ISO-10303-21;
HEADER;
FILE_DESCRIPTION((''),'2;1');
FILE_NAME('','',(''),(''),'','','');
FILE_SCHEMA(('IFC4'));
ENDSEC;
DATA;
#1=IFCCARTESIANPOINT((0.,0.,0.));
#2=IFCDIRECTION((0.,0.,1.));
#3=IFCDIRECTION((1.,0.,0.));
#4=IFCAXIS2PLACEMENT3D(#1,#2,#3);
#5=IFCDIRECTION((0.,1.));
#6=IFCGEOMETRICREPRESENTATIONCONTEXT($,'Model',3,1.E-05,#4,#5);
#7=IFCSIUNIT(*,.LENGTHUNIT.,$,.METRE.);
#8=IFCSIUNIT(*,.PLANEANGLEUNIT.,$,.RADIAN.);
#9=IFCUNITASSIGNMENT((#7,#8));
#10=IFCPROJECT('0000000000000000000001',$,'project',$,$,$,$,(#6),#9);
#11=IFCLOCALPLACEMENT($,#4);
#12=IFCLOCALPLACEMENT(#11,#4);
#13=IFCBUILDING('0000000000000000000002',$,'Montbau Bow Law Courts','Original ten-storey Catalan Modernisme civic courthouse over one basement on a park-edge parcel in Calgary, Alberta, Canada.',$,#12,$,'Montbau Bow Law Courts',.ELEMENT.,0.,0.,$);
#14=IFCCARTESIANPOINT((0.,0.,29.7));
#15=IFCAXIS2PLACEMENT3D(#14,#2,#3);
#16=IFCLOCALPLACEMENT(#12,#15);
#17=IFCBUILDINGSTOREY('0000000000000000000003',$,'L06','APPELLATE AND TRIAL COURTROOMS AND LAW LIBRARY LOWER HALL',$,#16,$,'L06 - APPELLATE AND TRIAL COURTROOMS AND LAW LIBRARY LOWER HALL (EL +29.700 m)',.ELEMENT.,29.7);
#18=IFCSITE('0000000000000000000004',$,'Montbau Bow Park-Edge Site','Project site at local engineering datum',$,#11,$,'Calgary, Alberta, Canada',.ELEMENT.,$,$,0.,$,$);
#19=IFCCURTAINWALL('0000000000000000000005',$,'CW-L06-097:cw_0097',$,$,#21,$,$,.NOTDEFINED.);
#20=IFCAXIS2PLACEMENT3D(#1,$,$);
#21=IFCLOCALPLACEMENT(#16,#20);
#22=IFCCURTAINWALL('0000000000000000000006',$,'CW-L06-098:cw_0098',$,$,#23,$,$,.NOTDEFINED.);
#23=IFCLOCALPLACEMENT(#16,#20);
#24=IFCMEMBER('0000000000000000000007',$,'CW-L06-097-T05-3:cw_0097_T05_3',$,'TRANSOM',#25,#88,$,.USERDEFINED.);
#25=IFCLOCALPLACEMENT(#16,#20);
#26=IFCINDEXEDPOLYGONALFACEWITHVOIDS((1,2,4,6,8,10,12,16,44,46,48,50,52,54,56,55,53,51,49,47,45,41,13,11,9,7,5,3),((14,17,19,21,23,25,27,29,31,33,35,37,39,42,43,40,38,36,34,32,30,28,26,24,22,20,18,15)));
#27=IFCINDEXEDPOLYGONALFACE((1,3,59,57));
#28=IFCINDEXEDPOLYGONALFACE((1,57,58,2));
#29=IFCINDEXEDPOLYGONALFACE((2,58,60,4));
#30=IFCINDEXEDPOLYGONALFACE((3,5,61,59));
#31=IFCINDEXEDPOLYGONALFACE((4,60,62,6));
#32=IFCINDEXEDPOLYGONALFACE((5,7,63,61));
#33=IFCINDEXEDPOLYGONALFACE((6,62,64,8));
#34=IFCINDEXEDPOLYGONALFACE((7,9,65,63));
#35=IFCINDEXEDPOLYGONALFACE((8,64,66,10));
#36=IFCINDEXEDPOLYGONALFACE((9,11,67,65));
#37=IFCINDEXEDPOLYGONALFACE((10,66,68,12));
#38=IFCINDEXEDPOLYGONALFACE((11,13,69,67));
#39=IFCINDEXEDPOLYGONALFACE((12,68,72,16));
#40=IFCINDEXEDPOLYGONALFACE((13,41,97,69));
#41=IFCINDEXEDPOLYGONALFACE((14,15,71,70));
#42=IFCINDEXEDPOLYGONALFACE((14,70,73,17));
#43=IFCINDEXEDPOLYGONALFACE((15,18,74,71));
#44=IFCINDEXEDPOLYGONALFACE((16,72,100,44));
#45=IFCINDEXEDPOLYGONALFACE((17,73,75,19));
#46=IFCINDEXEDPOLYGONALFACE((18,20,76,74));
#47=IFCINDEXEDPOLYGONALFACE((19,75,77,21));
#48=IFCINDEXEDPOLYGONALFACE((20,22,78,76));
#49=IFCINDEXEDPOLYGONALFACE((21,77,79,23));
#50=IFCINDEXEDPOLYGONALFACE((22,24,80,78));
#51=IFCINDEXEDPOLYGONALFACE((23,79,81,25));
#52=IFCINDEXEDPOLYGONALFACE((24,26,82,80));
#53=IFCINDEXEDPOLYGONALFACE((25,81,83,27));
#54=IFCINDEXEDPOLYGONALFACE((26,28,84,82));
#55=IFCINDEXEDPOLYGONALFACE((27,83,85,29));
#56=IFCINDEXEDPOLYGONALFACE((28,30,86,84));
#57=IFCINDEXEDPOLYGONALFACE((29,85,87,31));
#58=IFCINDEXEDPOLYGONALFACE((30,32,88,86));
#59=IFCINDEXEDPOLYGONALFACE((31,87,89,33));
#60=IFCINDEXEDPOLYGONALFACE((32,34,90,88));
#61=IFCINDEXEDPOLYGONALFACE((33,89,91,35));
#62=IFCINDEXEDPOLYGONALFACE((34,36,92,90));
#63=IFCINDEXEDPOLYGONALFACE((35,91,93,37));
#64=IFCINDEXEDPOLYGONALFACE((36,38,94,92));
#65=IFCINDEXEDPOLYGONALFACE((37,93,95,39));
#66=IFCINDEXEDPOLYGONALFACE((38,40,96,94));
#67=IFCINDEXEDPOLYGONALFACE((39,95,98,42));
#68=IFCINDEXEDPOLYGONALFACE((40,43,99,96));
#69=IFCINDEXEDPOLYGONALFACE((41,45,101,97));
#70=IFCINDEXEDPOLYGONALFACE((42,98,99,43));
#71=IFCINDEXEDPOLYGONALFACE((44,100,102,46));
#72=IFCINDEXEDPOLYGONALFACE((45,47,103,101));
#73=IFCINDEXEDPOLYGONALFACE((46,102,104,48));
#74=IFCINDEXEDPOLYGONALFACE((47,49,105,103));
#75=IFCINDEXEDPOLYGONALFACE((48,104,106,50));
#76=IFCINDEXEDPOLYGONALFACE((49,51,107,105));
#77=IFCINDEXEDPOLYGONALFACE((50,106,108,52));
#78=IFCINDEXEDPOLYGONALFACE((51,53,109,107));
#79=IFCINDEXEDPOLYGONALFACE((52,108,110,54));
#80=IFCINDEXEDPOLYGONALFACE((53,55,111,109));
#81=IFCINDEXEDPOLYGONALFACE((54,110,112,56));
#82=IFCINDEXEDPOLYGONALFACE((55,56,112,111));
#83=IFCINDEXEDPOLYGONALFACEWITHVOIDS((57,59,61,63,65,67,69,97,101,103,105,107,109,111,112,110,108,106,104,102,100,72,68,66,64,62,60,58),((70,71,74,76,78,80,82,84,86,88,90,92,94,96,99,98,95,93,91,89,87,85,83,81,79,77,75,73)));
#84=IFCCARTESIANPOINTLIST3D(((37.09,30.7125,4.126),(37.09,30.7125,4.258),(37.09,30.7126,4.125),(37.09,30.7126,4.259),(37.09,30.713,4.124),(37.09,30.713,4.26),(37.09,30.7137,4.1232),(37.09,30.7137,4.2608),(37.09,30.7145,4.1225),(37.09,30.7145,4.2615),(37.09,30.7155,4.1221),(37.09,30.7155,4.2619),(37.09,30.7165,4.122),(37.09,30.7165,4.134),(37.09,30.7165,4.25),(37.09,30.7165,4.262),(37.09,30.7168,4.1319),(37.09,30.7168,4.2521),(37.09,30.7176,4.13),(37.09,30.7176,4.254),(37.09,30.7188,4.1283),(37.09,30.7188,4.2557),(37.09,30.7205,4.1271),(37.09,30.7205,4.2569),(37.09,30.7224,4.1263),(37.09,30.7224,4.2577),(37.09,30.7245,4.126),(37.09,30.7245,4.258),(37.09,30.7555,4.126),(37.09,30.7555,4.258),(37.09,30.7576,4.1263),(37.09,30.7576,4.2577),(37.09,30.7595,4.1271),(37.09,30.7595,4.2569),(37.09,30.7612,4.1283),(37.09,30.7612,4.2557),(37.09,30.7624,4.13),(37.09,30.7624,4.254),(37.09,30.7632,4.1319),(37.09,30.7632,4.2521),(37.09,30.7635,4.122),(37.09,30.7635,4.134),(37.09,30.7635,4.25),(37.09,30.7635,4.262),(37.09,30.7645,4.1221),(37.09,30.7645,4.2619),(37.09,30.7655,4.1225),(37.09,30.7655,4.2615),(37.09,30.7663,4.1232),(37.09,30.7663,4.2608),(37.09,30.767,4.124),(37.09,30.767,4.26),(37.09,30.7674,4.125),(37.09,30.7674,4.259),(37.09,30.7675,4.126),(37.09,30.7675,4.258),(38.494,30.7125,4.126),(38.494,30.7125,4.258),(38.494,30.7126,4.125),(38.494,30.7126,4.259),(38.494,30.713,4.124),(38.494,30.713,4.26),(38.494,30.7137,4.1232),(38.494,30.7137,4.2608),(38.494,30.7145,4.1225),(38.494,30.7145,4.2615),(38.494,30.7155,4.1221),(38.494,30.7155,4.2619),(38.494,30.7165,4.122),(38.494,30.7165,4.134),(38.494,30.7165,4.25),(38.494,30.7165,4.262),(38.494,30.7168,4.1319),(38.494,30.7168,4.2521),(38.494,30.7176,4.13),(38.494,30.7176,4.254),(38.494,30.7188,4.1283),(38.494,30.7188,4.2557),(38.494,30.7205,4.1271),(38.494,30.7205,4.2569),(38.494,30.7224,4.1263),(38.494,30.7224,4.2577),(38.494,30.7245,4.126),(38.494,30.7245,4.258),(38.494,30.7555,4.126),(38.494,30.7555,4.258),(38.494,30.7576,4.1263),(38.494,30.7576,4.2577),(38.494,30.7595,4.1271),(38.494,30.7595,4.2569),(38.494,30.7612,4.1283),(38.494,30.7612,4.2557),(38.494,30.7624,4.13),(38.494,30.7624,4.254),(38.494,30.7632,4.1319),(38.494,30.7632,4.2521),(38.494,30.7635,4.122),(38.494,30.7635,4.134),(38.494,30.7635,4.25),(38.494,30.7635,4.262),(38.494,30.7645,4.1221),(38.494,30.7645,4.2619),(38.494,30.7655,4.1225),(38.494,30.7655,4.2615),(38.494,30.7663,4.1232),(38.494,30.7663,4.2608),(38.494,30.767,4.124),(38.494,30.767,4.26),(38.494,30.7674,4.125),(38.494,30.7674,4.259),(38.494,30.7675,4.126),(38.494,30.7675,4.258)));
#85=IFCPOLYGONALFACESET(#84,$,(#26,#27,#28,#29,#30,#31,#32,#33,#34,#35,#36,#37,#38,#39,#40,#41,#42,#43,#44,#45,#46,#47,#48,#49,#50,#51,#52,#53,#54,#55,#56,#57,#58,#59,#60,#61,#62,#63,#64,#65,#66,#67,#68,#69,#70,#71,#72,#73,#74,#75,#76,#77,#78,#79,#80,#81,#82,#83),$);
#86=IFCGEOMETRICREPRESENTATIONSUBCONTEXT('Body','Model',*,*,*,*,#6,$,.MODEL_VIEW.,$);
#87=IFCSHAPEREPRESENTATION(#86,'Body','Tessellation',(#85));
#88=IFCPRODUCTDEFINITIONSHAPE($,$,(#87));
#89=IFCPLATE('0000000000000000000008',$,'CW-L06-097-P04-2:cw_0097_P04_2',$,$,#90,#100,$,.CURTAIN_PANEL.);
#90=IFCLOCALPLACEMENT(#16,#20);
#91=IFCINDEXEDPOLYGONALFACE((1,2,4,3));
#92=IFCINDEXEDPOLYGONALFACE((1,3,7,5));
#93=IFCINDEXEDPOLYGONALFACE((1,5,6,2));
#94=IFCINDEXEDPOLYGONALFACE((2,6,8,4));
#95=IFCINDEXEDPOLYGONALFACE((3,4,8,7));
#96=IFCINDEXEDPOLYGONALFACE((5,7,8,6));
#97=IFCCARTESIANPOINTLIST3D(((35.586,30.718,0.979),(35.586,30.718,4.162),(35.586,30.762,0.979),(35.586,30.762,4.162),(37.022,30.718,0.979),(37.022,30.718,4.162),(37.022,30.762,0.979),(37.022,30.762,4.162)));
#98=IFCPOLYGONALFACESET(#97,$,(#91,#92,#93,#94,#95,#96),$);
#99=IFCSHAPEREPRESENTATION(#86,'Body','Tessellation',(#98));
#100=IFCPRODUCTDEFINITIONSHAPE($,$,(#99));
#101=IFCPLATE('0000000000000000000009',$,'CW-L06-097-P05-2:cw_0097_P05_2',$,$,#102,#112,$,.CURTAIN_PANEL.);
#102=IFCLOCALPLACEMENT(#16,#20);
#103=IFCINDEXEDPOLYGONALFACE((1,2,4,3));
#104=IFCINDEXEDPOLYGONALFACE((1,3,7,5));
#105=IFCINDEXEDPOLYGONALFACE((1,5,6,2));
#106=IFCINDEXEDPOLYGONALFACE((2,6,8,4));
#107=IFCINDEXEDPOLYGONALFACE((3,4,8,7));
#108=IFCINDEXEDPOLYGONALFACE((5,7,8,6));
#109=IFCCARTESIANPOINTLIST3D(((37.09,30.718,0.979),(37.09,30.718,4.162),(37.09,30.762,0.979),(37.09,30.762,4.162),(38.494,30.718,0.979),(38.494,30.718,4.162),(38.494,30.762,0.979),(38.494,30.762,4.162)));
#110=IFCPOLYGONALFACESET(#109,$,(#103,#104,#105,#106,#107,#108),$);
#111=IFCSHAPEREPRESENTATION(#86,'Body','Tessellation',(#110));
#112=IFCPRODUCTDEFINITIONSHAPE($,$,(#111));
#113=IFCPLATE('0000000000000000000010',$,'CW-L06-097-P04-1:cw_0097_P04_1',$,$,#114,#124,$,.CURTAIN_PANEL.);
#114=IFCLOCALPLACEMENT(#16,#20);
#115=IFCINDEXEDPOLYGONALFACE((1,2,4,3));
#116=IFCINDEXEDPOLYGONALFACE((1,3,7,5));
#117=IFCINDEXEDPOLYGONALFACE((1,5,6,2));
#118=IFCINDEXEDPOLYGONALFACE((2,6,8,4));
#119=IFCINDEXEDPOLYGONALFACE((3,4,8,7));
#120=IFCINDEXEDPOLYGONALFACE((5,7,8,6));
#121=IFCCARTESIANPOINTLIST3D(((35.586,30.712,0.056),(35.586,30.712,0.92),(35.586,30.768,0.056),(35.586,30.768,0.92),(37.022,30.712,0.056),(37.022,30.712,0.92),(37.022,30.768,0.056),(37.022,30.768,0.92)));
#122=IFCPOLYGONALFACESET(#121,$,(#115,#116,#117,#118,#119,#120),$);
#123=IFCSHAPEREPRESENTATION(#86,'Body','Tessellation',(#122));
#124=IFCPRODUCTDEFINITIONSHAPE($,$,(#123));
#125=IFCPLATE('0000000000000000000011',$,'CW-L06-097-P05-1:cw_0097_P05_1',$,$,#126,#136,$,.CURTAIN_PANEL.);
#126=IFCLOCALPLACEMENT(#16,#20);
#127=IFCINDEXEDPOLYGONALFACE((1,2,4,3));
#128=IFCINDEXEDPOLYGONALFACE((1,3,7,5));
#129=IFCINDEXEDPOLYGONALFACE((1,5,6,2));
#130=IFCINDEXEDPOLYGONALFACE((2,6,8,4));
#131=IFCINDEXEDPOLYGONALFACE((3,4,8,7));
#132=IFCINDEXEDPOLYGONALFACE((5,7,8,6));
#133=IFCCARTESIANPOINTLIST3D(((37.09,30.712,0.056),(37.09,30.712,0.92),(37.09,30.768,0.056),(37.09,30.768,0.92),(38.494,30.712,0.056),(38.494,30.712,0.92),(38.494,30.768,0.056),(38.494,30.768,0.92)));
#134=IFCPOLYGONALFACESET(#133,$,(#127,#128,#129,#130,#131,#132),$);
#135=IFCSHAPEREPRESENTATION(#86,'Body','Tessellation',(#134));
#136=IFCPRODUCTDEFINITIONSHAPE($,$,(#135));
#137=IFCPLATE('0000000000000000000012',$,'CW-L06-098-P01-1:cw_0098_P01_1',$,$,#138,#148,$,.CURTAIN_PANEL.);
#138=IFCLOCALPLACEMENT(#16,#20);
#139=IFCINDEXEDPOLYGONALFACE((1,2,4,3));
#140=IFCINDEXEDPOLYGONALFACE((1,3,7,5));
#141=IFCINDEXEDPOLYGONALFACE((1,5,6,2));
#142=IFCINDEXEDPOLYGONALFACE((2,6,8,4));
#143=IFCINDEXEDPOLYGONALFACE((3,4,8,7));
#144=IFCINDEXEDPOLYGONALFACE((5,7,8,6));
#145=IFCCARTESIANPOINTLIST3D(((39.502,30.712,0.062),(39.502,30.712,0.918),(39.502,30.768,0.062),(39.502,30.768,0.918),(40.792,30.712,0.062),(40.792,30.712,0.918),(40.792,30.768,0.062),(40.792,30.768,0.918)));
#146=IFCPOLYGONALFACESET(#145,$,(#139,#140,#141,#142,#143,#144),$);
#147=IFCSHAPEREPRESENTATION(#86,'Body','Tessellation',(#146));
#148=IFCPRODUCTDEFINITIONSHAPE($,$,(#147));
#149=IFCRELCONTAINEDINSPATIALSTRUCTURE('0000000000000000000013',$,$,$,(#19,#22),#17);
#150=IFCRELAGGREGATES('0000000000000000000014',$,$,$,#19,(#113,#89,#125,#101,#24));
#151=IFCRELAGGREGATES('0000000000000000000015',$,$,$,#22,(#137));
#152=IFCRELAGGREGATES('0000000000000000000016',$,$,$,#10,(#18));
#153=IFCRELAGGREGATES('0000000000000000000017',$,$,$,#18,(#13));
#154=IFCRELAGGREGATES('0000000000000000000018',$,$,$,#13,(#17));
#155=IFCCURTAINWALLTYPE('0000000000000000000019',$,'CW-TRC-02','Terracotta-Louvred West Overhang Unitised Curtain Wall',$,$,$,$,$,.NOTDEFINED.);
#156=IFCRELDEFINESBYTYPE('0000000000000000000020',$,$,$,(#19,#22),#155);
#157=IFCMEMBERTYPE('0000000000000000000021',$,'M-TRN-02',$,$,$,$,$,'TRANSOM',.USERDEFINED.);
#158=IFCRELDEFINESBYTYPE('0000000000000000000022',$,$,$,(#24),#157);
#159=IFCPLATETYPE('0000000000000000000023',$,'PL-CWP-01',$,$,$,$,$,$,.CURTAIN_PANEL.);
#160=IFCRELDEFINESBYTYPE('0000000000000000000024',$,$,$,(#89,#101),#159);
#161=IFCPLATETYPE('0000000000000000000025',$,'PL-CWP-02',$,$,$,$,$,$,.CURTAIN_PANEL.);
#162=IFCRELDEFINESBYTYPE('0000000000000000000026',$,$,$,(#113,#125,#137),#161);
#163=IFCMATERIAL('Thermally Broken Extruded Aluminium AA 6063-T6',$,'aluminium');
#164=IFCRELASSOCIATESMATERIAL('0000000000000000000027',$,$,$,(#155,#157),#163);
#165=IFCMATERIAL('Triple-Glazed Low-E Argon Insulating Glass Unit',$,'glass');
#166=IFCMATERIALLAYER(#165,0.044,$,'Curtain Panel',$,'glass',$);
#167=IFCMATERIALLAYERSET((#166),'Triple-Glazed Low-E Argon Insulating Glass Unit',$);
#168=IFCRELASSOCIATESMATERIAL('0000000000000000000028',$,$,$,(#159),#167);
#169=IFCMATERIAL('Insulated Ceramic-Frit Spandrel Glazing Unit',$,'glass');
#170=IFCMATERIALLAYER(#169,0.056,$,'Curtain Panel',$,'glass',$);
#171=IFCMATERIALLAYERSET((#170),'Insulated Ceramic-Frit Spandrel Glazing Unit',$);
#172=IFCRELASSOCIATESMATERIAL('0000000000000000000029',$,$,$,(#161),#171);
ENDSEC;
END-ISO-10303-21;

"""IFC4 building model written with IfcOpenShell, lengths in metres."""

from ifc_helpers import new_model, si_unit, direction, frame, frame_2d, origin_with_axes, origin_2d_with_axis, place, context, subcontext, project, spatial, rectangle, hollow_rectangle, extrude, material, layer, layer_set, material_profile, profile_set, type_object, element, aggregate, save


model = new_model("IFC4")

# Units and contexts
model_context = context("Model", 3, precision=1e-05, world=origin_with_axes(), true_north=direction((0.0, 1.0)))
body_context = subcontext(model_context, "Body", "Model", "MODEL_VIEW")
ifc_project = project(units=[si_unit("LENGTHUNIT", "METRE"), si_unit("PLANEANGLEUNIT", "RADIAN")], contexts=[model_context])

# Site, building, storey
site_placement = place(None, origin_with_axes())
site = spatial("IfcSite", under=ifc_project, at=site_placement, Name="Montbau Bow Park-Edge Site", Description="Project site at local engineering datum", LongName="Calgary, Alberta, Canada", CompositionType="ELEMENT", RefElevation=0.0)
building_placement = place(site_placement, origin_with_axes())
building = spatial("IfcBuilding", under=site, at=building_placement, Name="Montbau Bow Law Courts", Description="Original ten-storey Catalan Modernisme civic courthouse over one basement on a park-edge parcel in Calgary, Alberta, Canada.", LongName="Montbau Bow Law Courts", CompositionType="ELEMENT", ElevationOfRefHeight=0.0, ElevationOfTerrain=0.0)
storey_placement = place(building_placement, frame((0.0, 0.0, 29.7), z_axis=(0.0, 0.0, 1.0), x_axis=(1.0, 0.0, 0.0)))
storey = spatial("IfcBuildingStorey", under=building, at=storey_placement, Name="L06", Description="APPELLATE AND TRIAL COURTROOMS AND LAW LIBRARY LOWER HALL", LongName="L06 - APPELLATE AND TRIAL COURTROOMS AND LAW LIBRARY LOWER HALL (EL +29.700 m)", CompositionType="ELEMENT", Elevation=29.7)

# Curtain wall
ifc_material_1 = material(Name="Thermally Broken Extruded Aluminium AA 6063-T6", Category="aluminium")
curtain_wall_type = type_object("IfcCurtainWallType", Name="CW-TRC-02", Description="Terracotta-Louvred West Overhang Unitised Curtain Wall", PredefinedType="NOTDEFINED", material=ifc_material_1)
curtain_wall_1_placement = place(None, frame((31.04, 30.74, 29.7), z_axis=(0.0, 0.0, 1.0), x_axis=(1.0, 0.0, 0.0)))
curtain_wall_1 = element("IfcCurtainWall", 1, at=curtain_wall_1_placement, inside=storey, type_object=curtain_wall_type, Name="CW-L06-097:cw_0097", PredefinedType="NOTDEFINED")

# Curtain wall
curtain_wall_2_placement = place(None, frame((39.44, 30.74, 29.7), z_axis=(0.0, 0.0, 1.0), x_axis=(1.0, 0.0, 0.0)))
curtain_wall_2 = element("IfcCurtainWall", 2, at=curtain_wall_2_placement, inside=storey, type_object=curtain_wall_type, Name="CW-L06-098:cw_0098", PredefinedType="NOTDEFINED")

# Member
ifc_material_profile_1 = material_profile(ifc_material_1, hollow_rectangle(XDim=0.055, YDim=0.14, WallThickness=0.004, InnerFilletRadius=0.008, OuterFilletRadius=0.004, at=origin_2d_with_axis()), Name="CWT-140X55", Category="Main", Priority=0)
ifc_profile_set_1 = profile_set([ifc_material_profile_1], Name="Thermally Broken Extruded Aluminium AA 6063-T6")
member_type_1 = type_object("IfcMemberType", Name="M-TRN-02", ElementType="TRANSOM", PredefinedType="USERDEFINED", material=ifc_profile_set_1)
member_1_placement = place(None, frame((37.09, 30.74, 33.892), z_axis=(1.0, 0.0, 0.0), x_axis=(0.0, 1.0, 0.0)))
member_1 = element("IfcMember", 3, at=member_1_placement, type_object=member_type_1, Name="CW-L06-097-T05-3:cw_0097_T05_3", ObjectType="TRANSOM", PredefinedType="USERDEFINED", context=body_context, shape_type="SweptSolid", body=[
    extrude(hollow_rectangle(XDim=0.055, YDim=0.14, WallThickness=0.004, InnerFilletRadius=0.008, OuterFilletRadius=0.004, at=origin_2d_with_axis()), origin_with_axes(), (0.0, 0.0, 1.0), 1.404),
])

# Plates
ifc_material_2 = material(Name="Triple-Glazed Low-E Argon Insulating Glass Unit", Category="glass")
ifc_layer_1 = layer(ifc_material_2, 0.044, Name="Curtain Panel", Category="glass")
ifc_layer_set_1 = layer_set([ifc_layer_1], Name="Triple-Glazed Low-E Argon Insulating Glass Unit")
plate_type_1 = type_object("IfcPlateType", Name="PL-CWP-01", PredefinedType="CURTAIN_PANEL", material=ifc_layer_set_1)
plate_1_placement = place(None, frame((35.586, 30.74, 30.679), z_axis=(0.0, -1.0, 0.0), x_axis=(1.0, 0.0, 0.0)))
plate_1 = element("IfcPlate", 4, at=plate_1_placement, type_object=plate_type_1, Name="CW-L06-097-P04-2:cw_0097_P04_2", PredefinedType="CURTAIN_PANEL", context=body_context, shape_type="SweptSolid", body=[
    extrude(rectangle(XDim=1.436, YDim=3.183, at=frame_2d((0.718, 1.5915), x_axis=(1.0, 0.0))), frame((0.0, 0.0, -0.022), z_axis=(0.0, 0.0, 1.0), x_axis=(1.0, 0.0, 0.0)), (0.0, 0.0, 1.0), 0.044),
])
plate_2_placement = place(None, frame((37.09, 30.74, 30.679), z_axis=(0.0, -1.0, 0.0), x_axis=(1.0, 0.0, 0.0)))
plate_2 = element("IfcPlate", 5, at=plate_2_placement, type_object=plate_type_1, Name="CW-L06-097-P05-2:cw_0097_P05_2", PredefinedType="CURTAIN_PANEL", context=body_context, shape_type="SweptSolid", body=[
    extrude(rectangle(XDim=1.404, YDim=3.183, at=frame_2d((0.702, 1.5915), x_axis=(1.0, 0.0))), frame((0.0, 0.0, -0.022), z_axis=(0.0, 0.0, 1.0), x_axis=(1.0, 0.0, 0.0)), (0.0, 0.0, 1.0), 0.044),
])
ifc_material_3 = material(Name="Insulated Ceramic-Frit Spandrel Glazing Unit", Category="glass")
ifc_layer_2 = layer(ifc_material_3, 0.056, Name="Curtain Panel", Category="glass")
ifc_layer_set_2 = layer_set([ifc_layer_2], Name="Insulated Ceramic-Frit Spandrel Glazing Unit")
plate_type_2 = type_object("IfcPlateType", Name="PL-CWP-02", PredefinedType="CURTAIN_PANEL", material=ifc_layer_set_2)
plate_3_placement = place(None, frame((35.586, 30.74, 29.756), z_axis=(0.0, -1.0, 0.0), x_axis=(1.0, 0.0, 0.0)))
plate_3 = element("IfcPlate", 6, at=plate_3_placement, type_object=plate_type_2, Name="CW-L06-097-P04-1:cw_0097_P04_1", PredefinedType="CURTAIN_PANEL", context=body_context, shape_type="SweptSolid", body=[
    extrude(rectangle(XDim=1.436, YDim=0.864, at=frame_2d((0.718, 0.432), x_axis=(1.0, 0.0))), frame((0.0, 0.0, -0.028), z_axis=(0.0, 0.0, 1.0), x_axis=(1.0, 0.0, 0.0)), (0.0, 0.0, 1.0), 0.056),
])
plate_4_placement = place(None, frame((37.09, 30.74, 29.756), z_axis=(0.0, -1.0, 0.0), x_axis=(1.0, 0.0, 0.0)))
plate_4 = element("IfcPlate", 7, at=plate_4_placement, type_object=plate_type_2, Name="CW-L06-097-P05-1:cw_0097_P05_1", PredefinedType="CURTAIN_PANEL", context=body_context, shape_type="SweptSolid", body=[
    extrude(rectangle(XDim=1.404, YDim=0.864, at=frame_2d((0.702, 0.432), x_axis=(1.0, 0.0))), frame((0.0, 0.0, -0.028), z_axis=(0.0, 0.0, 1.0), x_axis=(1.0, 0.0, 0.0)), (0.0, 0.0, 1.0), 0.056),
])
aggregate(curtain_wall_1, [plate_3, plate_1, plate_4, plate_2, member_1])
plate_5_placement = place(None, frame((39.502, 30.74, 29.762), z_axis=(0.0, -1.0, 0.0), x_axis=(1.0, 0.0, 0.0)))
plate_5 = element("IfcPlate", 8, at=plate_5_placement, type_object=plate_type_2, Name="CW-L06-098-P01-1:cw_0098_P01_1", PredefinedType="CURTAIN_PANEL", context=body_context, shape_type="SweptSolid", body=[
    extrude(rectangle(XDim=1.29, YDim=0.856, at=frame_2d((0.645, 0.428), x_axis=(1.0, 0.0))), frame((0.0, 0.0, -0.028), z_axis=(0.0, 0.0, 1.0), x_axis=(1.0, 0.0, 0.0)), (0.0, 0.0, 1.0), 0.056),
])
aggregate(curtain_wall_2, [plate_5])

save(model, "model.ifc")
